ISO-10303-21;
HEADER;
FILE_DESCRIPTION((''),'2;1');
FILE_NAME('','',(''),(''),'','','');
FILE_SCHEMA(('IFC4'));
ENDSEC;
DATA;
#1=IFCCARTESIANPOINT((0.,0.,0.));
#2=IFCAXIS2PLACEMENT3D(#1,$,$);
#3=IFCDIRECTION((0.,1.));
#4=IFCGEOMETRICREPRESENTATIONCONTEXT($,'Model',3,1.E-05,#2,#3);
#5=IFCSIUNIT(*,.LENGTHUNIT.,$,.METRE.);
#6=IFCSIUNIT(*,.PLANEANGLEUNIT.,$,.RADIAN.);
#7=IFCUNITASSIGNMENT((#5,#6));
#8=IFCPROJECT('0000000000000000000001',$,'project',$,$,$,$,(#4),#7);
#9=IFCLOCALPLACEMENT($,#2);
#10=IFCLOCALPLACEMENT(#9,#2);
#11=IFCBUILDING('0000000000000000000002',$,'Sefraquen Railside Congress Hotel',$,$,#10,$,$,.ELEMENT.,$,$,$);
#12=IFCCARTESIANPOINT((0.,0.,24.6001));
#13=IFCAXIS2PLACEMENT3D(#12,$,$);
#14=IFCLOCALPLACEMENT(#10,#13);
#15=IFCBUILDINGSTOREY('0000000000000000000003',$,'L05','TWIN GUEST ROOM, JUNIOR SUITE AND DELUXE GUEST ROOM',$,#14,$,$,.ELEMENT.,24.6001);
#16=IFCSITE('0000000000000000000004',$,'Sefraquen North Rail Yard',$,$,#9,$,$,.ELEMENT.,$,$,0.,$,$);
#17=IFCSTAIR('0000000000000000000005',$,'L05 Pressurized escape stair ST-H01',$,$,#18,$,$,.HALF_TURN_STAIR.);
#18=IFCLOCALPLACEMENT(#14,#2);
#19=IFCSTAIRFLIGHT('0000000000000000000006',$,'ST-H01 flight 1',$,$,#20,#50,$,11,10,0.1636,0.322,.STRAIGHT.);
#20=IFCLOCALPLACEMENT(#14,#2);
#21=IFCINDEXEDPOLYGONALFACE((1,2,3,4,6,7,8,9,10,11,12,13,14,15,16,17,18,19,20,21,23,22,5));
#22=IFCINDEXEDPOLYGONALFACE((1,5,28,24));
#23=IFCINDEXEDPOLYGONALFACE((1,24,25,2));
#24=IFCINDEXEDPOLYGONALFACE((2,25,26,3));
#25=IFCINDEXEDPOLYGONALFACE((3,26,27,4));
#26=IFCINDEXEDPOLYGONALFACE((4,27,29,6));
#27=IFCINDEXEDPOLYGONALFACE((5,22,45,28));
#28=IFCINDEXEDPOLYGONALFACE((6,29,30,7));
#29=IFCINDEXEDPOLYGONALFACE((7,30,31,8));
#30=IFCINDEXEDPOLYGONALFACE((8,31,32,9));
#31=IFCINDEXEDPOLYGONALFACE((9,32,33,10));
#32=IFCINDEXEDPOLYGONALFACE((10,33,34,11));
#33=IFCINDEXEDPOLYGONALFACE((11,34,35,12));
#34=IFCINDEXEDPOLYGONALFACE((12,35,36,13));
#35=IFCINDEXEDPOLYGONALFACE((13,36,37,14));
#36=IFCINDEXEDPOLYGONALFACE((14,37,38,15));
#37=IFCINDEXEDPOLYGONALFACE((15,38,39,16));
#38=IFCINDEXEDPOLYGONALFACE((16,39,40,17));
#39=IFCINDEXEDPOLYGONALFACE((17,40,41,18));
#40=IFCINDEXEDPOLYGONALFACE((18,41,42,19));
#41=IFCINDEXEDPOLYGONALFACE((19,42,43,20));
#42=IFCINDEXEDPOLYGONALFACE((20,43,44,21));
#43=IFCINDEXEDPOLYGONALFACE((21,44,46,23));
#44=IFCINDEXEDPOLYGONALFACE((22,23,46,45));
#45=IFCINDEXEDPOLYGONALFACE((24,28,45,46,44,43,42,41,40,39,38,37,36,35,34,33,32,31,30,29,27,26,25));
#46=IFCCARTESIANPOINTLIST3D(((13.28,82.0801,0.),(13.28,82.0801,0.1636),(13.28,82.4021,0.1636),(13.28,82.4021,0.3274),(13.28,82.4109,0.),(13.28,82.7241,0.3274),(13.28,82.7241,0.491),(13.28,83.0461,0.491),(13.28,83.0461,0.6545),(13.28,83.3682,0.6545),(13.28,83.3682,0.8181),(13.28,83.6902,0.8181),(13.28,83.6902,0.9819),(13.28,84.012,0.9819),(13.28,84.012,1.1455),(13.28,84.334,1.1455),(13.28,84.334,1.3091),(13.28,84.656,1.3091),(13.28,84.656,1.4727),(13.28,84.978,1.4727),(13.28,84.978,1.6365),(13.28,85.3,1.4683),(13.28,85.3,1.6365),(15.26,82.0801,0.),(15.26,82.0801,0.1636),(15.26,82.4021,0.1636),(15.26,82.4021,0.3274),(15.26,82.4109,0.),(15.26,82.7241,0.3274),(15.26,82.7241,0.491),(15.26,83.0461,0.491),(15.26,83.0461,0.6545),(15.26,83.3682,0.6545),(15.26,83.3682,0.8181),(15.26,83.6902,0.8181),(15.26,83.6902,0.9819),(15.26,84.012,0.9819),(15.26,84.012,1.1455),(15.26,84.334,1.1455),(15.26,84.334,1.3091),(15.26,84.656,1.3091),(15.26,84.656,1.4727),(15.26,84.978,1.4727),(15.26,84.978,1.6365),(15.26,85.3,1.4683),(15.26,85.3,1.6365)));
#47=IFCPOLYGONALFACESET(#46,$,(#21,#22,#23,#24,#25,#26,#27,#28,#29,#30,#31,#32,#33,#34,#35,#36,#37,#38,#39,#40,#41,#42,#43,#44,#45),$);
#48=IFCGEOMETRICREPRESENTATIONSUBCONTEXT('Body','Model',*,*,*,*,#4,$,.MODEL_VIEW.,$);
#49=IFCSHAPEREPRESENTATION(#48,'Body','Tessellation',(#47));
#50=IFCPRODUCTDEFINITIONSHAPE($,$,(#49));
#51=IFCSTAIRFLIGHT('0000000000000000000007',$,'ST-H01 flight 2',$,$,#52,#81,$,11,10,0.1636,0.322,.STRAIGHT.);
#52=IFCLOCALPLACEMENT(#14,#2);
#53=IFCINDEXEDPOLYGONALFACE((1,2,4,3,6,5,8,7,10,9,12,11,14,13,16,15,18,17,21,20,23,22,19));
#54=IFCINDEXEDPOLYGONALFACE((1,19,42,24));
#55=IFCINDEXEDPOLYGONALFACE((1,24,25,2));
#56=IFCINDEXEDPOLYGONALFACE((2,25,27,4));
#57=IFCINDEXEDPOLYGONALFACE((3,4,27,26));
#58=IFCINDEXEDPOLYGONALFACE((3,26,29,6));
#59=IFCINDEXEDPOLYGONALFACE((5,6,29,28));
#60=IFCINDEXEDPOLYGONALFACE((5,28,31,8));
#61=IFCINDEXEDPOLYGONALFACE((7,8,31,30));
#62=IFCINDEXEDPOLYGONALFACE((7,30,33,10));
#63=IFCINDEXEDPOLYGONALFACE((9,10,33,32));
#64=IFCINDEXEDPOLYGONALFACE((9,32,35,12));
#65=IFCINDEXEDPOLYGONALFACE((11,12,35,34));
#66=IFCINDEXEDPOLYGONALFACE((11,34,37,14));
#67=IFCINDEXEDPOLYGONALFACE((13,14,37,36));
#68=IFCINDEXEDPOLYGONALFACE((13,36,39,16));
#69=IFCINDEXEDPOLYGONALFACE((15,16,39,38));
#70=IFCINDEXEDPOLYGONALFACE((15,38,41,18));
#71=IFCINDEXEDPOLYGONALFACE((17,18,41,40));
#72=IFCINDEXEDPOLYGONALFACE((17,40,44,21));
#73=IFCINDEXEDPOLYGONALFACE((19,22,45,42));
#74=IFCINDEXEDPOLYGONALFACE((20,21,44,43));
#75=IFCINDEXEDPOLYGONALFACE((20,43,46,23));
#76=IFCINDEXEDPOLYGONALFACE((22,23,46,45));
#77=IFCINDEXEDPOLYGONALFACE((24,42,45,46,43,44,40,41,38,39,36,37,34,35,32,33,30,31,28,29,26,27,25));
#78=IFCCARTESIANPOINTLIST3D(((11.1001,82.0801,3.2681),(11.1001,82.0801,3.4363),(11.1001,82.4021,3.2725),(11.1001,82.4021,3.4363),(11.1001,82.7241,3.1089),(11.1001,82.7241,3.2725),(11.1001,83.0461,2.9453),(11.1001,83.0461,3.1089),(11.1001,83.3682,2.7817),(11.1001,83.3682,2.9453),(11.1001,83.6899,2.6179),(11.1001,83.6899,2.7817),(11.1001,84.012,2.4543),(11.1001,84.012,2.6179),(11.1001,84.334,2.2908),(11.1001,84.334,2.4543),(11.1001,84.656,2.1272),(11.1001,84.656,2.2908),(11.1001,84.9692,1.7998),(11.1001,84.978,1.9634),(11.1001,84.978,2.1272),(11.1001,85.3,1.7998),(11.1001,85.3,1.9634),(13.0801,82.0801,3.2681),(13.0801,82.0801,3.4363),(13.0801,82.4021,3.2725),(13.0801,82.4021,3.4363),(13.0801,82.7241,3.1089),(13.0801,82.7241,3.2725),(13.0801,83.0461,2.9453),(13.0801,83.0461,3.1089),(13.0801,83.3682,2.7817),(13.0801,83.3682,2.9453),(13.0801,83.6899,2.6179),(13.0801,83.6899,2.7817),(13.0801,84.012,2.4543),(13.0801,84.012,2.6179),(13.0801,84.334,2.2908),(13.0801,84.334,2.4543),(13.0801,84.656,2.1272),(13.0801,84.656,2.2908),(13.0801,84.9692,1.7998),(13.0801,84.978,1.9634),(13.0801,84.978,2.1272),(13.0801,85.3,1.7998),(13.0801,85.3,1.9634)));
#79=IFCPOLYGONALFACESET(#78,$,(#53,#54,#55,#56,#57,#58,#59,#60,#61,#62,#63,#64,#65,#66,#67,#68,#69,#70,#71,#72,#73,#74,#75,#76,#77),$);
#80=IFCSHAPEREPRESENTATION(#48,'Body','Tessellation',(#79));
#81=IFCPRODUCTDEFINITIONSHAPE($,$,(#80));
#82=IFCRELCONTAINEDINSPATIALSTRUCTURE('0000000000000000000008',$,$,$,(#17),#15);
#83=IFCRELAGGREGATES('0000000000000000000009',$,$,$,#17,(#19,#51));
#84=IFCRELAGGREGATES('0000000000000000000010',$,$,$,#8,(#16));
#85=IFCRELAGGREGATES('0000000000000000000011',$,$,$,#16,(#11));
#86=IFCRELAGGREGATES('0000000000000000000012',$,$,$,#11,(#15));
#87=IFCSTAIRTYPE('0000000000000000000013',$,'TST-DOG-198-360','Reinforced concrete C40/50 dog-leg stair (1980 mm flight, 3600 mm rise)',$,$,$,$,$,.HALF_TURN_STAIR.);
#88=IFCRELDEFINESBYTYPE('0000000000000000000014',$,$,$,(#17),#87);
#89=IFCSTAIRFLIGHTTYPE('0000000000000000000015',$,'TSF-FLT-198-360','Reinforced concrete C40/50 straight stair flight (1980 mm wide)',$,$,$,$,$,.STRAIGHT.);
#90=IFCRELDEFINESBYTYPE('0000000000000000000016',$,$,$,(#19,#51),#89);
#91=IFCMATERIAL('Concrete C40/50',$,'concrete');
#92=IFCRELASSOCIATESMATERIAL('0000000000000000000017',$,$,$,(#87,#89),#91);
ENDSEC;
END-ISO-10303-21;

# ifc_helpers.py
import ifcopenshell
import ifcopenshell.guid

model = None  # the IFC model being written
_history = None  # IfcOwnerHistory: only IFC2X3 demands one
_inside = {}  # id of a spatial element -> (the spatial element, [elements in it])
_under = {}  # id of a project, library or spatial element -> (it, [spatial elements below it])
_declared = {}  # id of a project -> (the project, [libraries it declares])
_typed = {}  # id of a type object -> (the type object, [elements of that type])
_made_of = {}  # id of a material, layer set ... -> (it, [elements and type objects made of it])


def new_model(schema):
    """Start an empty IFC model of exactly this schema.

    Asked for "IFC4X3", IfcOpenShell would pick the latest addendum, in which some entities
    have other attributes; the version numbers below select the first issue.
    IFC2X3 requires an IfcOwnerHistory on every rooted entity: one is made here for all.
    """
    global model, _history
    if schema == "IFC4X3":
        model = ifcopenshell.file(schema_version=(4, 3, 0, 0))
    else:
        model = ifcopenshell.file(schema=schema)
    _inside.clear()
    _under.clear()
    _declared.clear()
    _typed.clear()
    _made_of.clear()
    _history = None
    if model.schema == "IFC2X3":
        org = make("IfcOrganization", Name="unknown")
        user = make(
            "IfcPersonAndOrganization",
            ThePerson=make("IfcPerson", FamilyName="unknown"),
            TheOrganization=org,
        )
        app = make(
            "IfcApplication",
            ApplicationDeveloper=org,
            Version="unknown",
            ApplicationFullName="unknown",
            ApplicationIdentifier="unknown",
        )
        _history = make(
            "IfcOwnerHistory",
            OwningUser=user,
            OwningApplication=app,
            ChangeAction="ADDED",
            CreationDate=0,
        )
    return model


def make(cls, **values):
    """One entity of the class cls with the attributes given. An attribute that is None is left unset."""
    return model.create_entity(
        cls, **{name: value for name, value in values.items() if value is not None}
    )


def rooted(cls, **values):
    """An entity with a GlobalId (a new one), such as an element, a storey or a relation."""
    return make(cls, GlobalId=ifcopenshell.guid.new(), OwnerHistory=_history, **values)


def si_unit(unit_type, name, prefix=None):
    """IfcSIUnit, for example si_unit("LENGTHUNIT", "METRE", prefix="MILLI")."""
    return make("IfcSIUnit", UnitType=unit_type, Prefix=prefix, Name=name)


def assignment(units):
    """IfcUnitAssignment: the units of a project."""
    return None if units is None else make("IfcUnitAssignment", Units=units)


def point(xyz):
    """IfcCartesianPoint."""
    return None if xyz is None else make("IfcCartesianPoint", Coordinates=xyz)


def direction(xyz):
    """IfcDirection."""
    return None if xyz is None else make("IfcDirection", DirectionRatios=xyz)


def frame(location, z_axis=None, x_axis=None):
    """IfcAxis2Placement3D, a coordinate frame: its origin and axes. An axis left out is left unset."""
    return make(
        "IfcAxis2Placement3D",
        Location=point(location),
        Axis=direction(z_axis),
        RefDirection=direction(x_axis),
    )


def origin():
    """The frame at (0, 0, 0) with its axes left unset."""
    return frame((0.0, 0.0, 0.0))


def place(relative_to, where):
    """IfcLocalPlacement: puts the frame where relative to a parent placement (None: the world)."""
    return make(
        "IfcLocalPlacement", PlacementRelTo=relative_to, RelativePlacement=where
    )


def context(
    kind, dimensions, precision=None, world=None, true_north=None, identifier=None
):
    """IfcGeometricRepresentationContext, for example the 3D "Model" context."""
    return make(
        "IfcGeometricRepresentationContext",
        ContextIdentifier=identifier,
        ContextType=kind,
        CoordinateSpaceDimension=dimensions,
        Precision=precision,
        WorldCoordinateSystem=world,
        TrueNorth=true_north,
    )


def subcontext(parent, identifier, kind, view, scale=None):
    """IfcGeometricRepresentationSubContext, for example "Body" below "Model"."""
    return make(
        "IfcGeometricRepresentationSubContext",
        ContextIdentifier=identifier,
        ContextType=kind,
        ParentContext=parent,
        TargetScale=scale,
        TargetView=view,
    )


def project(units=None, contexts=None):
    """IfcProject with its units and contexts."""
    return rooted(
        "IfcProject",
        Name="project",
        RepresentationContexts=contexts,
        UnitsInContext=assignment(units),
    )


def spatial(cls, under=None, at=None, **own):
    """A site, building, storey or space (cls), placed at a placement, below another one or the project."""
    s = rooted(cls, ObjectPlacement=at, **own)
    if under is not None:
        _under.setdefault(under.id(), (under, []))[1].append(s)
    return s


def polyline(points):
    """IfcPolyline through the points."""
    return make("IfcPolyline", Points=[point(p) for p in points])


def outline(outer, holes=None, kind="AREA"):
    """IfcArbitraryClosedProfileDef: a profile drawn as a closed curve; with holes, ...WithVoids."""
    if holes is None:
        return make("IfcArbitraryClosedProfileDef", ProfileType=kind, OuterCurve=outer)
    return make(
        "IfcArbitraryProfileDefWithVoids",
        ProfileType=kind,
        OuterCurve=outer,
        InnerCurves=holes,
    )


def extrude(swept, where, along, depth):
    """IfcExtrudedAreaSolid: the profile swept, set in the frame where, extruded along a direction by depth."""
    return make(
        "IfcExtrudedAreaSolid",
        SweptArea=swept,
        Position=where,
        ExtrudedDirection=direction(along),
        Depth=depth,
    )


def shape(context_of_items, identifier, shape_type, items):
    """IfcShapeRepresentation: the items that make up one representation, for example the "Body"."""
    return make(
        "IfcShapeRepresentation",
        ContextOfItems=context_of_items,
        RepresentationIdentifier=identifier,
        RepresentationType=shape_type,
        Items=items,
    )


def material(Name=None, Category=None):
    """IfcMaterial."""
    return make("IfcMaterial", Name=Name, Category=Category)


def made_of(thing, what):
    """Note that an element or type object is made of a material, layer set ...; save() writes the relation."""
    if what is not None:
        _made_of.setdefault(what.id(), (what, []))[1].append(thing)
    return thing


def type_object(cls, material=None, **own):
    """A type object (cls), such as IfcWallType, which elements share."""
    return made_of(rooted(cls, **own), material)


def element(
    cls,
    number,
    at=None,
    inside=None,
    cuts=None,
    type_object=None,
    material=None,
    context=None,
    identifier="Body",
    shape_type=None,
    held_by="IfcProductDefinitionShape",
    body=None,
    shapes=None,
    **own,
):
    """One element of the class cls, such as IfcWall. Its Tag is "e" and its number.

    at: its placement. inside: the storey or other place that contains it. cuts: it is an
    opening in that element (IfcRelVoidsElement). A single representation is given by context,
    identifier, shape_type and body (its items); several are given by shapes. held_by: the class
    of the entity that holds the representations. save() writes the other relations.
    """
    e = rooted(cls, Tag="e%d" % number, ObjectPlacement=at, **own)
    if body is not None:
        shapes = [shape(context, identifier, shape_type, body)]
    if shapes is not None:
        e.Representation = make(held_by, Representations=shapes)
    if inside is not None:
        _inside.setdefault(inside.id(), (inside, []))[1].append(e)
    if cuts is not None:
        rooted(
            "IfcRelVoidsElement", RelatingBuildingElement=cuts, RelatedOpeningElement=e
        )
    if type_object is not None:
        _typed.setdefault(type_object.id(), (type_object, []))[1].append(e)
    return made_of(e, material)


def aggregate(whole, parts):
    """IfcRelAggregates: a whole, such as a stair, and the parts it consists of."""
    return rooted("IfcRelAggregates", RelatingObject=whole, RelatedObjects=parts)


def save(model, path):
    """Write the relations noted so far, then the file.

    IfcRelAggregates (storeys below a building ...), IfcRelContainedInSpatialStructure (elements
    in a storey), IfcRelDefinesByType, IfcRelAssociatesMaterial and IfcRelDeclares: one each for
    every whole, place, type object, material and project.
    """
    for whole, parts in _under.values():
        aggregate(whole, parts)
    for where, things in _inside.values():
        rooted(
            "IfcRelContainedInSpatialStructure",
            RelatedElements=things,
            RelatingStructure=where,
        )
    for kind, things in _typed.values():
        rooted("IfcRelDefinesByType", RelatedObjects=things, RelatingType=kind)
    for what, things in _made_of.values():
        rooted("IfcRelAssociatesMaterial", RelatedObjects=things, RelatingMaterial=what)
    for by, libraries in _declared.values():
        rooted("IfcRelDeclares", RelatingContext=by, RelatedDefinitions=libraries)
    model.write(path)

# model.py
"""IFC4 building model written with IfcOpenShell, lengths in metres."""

from ifc_helpers import new_model, si_unit, direction, frame, origin, place, context, subcontext, project, spatial, polyline, outline, extrude, material, type_object, element, aggregate, save


model = new_model("IFC4")

# Units and contexts
model_context = context("Model", 3, precision=1e-05, world=origin(), true_north=direction((0.0, 1.0)))
body_context = subcontext(model_context, "Body", "Model", "MODEL_VIEW")
ifc_project = project(units=[si_unit("LENGTHUNIT", "METRE"), si_unit("PLANEANGLEUNIT", "RADIAN")], contexts=[model_context])

# Site, building, storey
site_placement = place(None, origin())
site = spatial("IfcSite", under=ifc_project, at=site_placement, Name="Sefraquen North Rail Yard", CompositionType="ELEMENT", RefElevation=0.0)
building_placement = place(site_placement, origin())
building = spatial("IfcBuilding", under=site, at=building_placement, Name="Sefraquen Railside Congress Hotel", CompositionType="ELEMENT")
storey_placement = place(building_placement, frame((0.0, 0.0, 24.6001)))
storey = spatial("IfcBuildingStorey", under=building, at=storey_placement, Name="L05", Description="TWIN GUEST ROOM, JUNIOR SUITE AND DELUXE GUEST ROOM", CompositionType="ELEMENT", Elevation=24.6001)

# Stair, stair flights
ifc_material_1 = material(Name="Concrete C40/50", Category="concrete")
stair_type = type_object("IfcStairType", Name="TST-DOG-198-360", Description="Reinforced concrete C40/50 dog-leg stair (1980 mm flight, 3600 mm rise)", PredefinedType="HALF_TURN_STAIR", material=ifc_material_1)
stair_placement = place(storey_placement, origin())
stair = element("IfcStair", 1, at=stair_placement, inside=storey, type_object=stair_type, Name="L05 Pressurized escape stair ST-H01", PredefinedType="HALF_TURN_STAIR")
stair_flight_type = type_object("IfcStairFlightType", Name="TSF-FLT-198-360", Description="Reinforced concrete C40/50 straight stair flight (1980 mm wide)", PredefinedType="STRAIGHT", material=ifc_material_1)
stair_flight_1_placement = place(storey_placement, frame((14.27, 82.0801, 0.0), z_axis=(0.0, 0.0, 1.0), x_axis=(0.0, 1.0, 0.0)))
stair_flight_1 = element("IfcStairFlight", 2, at=stair_flight_1_placement, type_object=stair_flight_type, Name="ST-H01 flight 1", NumberOfRisers=11, NumberOfTreads=10, PredefinedType="STRAIGHT", RiserHeight=0.1636, TreadLength=0.322, context=body_context, shape_type="SweptSolid", body=[
    extrude(outline(polyline([(0.0, 0.0), (0.0, 0.1636), (0.322, 0.1636), (0.322, 0.3274), (0.644, 0.3274), (0.644, 0.491), (0.9661, 0.491), (0.9661, 0.6545), (1.2881, 0.6545), (1.2881, 0.8181), (1.6101, 0.8181), (1.6101, 0.9819), (1.9319, 0.9819), (1.9319, 1.1455), (2.2539, 1.1455), (2.2539, 1.3091), (2.5759, 1.3091), (2.5759, 1.4727), (2.8979, 1.4727), (2.8979, 1.6365), (3.22, 1.6365), (3.22, 1.8), (3.22, 1.4683), (0.3308, 0.0), (0.0, 0.0)])), frame((0.0, 0.99, 0.0), z_axis=(0.0, -1.0, 0.0), x_axis=(1.0, 0.0, 0.0)), (0.0, 0.0, 1.0), 1.98),
])
stair_flight_2_placement = place(storey_placement, frame((12.0901, 85.3, 1.7998), z_axis=(0.0, 0.0, 1.0), x_axis=(0.0, -1.0, 0.0)))
stair_flight_2 = element("IfcStairFlight", 3, at=stair_flight_2_placement, type_object=stair_flight_type, Name="ST-H01 flight 2", NumberOfRisers=11, NumberOfTreads=10, PredefinedType="STRAIGHT", RiserHeight=0.1636, TreadLength=0.322, context=body_context, shape_type="SweptSolid", body=[
    extrude(outline(polyline([(0.0, 0.0), (0.0, 0.1636), (0.322, 0.1636), (0.322, 0.3274), (0.644, 0.3274), (0.644, 0.491), (0.9661, 0.491), (0.9661, 0.6545), (1.2881, 0.6545), (1.2881, 0.8181), (1.6101, 0.8181), (1.6101, 0.9819), (1.9319, 0.9819), (1.9319, 1.1455), (2.2539, 1.1455), (2.2539, 1.3091), (2.5759, 1.3091), (2.5759, 1.4727), (2.8979, 1.4727), (2.8979, 1.6365), (3.22, 1.6365), (3.22, 1.8), (3.22, 1.4683), (0.3308, 0.0), (0.0, 0.0)])), frame((0.0, 0.99, 0.0), z_axis=(0.0, -1.0, 0.0), x_axis=(1.0, 0.0, 0.0)), (0.0, 0.0, 1.0), 1.98),
])
aggregate(stair, [stair_flight_1, stair_flight_2])

save(model, "model.ifc")
